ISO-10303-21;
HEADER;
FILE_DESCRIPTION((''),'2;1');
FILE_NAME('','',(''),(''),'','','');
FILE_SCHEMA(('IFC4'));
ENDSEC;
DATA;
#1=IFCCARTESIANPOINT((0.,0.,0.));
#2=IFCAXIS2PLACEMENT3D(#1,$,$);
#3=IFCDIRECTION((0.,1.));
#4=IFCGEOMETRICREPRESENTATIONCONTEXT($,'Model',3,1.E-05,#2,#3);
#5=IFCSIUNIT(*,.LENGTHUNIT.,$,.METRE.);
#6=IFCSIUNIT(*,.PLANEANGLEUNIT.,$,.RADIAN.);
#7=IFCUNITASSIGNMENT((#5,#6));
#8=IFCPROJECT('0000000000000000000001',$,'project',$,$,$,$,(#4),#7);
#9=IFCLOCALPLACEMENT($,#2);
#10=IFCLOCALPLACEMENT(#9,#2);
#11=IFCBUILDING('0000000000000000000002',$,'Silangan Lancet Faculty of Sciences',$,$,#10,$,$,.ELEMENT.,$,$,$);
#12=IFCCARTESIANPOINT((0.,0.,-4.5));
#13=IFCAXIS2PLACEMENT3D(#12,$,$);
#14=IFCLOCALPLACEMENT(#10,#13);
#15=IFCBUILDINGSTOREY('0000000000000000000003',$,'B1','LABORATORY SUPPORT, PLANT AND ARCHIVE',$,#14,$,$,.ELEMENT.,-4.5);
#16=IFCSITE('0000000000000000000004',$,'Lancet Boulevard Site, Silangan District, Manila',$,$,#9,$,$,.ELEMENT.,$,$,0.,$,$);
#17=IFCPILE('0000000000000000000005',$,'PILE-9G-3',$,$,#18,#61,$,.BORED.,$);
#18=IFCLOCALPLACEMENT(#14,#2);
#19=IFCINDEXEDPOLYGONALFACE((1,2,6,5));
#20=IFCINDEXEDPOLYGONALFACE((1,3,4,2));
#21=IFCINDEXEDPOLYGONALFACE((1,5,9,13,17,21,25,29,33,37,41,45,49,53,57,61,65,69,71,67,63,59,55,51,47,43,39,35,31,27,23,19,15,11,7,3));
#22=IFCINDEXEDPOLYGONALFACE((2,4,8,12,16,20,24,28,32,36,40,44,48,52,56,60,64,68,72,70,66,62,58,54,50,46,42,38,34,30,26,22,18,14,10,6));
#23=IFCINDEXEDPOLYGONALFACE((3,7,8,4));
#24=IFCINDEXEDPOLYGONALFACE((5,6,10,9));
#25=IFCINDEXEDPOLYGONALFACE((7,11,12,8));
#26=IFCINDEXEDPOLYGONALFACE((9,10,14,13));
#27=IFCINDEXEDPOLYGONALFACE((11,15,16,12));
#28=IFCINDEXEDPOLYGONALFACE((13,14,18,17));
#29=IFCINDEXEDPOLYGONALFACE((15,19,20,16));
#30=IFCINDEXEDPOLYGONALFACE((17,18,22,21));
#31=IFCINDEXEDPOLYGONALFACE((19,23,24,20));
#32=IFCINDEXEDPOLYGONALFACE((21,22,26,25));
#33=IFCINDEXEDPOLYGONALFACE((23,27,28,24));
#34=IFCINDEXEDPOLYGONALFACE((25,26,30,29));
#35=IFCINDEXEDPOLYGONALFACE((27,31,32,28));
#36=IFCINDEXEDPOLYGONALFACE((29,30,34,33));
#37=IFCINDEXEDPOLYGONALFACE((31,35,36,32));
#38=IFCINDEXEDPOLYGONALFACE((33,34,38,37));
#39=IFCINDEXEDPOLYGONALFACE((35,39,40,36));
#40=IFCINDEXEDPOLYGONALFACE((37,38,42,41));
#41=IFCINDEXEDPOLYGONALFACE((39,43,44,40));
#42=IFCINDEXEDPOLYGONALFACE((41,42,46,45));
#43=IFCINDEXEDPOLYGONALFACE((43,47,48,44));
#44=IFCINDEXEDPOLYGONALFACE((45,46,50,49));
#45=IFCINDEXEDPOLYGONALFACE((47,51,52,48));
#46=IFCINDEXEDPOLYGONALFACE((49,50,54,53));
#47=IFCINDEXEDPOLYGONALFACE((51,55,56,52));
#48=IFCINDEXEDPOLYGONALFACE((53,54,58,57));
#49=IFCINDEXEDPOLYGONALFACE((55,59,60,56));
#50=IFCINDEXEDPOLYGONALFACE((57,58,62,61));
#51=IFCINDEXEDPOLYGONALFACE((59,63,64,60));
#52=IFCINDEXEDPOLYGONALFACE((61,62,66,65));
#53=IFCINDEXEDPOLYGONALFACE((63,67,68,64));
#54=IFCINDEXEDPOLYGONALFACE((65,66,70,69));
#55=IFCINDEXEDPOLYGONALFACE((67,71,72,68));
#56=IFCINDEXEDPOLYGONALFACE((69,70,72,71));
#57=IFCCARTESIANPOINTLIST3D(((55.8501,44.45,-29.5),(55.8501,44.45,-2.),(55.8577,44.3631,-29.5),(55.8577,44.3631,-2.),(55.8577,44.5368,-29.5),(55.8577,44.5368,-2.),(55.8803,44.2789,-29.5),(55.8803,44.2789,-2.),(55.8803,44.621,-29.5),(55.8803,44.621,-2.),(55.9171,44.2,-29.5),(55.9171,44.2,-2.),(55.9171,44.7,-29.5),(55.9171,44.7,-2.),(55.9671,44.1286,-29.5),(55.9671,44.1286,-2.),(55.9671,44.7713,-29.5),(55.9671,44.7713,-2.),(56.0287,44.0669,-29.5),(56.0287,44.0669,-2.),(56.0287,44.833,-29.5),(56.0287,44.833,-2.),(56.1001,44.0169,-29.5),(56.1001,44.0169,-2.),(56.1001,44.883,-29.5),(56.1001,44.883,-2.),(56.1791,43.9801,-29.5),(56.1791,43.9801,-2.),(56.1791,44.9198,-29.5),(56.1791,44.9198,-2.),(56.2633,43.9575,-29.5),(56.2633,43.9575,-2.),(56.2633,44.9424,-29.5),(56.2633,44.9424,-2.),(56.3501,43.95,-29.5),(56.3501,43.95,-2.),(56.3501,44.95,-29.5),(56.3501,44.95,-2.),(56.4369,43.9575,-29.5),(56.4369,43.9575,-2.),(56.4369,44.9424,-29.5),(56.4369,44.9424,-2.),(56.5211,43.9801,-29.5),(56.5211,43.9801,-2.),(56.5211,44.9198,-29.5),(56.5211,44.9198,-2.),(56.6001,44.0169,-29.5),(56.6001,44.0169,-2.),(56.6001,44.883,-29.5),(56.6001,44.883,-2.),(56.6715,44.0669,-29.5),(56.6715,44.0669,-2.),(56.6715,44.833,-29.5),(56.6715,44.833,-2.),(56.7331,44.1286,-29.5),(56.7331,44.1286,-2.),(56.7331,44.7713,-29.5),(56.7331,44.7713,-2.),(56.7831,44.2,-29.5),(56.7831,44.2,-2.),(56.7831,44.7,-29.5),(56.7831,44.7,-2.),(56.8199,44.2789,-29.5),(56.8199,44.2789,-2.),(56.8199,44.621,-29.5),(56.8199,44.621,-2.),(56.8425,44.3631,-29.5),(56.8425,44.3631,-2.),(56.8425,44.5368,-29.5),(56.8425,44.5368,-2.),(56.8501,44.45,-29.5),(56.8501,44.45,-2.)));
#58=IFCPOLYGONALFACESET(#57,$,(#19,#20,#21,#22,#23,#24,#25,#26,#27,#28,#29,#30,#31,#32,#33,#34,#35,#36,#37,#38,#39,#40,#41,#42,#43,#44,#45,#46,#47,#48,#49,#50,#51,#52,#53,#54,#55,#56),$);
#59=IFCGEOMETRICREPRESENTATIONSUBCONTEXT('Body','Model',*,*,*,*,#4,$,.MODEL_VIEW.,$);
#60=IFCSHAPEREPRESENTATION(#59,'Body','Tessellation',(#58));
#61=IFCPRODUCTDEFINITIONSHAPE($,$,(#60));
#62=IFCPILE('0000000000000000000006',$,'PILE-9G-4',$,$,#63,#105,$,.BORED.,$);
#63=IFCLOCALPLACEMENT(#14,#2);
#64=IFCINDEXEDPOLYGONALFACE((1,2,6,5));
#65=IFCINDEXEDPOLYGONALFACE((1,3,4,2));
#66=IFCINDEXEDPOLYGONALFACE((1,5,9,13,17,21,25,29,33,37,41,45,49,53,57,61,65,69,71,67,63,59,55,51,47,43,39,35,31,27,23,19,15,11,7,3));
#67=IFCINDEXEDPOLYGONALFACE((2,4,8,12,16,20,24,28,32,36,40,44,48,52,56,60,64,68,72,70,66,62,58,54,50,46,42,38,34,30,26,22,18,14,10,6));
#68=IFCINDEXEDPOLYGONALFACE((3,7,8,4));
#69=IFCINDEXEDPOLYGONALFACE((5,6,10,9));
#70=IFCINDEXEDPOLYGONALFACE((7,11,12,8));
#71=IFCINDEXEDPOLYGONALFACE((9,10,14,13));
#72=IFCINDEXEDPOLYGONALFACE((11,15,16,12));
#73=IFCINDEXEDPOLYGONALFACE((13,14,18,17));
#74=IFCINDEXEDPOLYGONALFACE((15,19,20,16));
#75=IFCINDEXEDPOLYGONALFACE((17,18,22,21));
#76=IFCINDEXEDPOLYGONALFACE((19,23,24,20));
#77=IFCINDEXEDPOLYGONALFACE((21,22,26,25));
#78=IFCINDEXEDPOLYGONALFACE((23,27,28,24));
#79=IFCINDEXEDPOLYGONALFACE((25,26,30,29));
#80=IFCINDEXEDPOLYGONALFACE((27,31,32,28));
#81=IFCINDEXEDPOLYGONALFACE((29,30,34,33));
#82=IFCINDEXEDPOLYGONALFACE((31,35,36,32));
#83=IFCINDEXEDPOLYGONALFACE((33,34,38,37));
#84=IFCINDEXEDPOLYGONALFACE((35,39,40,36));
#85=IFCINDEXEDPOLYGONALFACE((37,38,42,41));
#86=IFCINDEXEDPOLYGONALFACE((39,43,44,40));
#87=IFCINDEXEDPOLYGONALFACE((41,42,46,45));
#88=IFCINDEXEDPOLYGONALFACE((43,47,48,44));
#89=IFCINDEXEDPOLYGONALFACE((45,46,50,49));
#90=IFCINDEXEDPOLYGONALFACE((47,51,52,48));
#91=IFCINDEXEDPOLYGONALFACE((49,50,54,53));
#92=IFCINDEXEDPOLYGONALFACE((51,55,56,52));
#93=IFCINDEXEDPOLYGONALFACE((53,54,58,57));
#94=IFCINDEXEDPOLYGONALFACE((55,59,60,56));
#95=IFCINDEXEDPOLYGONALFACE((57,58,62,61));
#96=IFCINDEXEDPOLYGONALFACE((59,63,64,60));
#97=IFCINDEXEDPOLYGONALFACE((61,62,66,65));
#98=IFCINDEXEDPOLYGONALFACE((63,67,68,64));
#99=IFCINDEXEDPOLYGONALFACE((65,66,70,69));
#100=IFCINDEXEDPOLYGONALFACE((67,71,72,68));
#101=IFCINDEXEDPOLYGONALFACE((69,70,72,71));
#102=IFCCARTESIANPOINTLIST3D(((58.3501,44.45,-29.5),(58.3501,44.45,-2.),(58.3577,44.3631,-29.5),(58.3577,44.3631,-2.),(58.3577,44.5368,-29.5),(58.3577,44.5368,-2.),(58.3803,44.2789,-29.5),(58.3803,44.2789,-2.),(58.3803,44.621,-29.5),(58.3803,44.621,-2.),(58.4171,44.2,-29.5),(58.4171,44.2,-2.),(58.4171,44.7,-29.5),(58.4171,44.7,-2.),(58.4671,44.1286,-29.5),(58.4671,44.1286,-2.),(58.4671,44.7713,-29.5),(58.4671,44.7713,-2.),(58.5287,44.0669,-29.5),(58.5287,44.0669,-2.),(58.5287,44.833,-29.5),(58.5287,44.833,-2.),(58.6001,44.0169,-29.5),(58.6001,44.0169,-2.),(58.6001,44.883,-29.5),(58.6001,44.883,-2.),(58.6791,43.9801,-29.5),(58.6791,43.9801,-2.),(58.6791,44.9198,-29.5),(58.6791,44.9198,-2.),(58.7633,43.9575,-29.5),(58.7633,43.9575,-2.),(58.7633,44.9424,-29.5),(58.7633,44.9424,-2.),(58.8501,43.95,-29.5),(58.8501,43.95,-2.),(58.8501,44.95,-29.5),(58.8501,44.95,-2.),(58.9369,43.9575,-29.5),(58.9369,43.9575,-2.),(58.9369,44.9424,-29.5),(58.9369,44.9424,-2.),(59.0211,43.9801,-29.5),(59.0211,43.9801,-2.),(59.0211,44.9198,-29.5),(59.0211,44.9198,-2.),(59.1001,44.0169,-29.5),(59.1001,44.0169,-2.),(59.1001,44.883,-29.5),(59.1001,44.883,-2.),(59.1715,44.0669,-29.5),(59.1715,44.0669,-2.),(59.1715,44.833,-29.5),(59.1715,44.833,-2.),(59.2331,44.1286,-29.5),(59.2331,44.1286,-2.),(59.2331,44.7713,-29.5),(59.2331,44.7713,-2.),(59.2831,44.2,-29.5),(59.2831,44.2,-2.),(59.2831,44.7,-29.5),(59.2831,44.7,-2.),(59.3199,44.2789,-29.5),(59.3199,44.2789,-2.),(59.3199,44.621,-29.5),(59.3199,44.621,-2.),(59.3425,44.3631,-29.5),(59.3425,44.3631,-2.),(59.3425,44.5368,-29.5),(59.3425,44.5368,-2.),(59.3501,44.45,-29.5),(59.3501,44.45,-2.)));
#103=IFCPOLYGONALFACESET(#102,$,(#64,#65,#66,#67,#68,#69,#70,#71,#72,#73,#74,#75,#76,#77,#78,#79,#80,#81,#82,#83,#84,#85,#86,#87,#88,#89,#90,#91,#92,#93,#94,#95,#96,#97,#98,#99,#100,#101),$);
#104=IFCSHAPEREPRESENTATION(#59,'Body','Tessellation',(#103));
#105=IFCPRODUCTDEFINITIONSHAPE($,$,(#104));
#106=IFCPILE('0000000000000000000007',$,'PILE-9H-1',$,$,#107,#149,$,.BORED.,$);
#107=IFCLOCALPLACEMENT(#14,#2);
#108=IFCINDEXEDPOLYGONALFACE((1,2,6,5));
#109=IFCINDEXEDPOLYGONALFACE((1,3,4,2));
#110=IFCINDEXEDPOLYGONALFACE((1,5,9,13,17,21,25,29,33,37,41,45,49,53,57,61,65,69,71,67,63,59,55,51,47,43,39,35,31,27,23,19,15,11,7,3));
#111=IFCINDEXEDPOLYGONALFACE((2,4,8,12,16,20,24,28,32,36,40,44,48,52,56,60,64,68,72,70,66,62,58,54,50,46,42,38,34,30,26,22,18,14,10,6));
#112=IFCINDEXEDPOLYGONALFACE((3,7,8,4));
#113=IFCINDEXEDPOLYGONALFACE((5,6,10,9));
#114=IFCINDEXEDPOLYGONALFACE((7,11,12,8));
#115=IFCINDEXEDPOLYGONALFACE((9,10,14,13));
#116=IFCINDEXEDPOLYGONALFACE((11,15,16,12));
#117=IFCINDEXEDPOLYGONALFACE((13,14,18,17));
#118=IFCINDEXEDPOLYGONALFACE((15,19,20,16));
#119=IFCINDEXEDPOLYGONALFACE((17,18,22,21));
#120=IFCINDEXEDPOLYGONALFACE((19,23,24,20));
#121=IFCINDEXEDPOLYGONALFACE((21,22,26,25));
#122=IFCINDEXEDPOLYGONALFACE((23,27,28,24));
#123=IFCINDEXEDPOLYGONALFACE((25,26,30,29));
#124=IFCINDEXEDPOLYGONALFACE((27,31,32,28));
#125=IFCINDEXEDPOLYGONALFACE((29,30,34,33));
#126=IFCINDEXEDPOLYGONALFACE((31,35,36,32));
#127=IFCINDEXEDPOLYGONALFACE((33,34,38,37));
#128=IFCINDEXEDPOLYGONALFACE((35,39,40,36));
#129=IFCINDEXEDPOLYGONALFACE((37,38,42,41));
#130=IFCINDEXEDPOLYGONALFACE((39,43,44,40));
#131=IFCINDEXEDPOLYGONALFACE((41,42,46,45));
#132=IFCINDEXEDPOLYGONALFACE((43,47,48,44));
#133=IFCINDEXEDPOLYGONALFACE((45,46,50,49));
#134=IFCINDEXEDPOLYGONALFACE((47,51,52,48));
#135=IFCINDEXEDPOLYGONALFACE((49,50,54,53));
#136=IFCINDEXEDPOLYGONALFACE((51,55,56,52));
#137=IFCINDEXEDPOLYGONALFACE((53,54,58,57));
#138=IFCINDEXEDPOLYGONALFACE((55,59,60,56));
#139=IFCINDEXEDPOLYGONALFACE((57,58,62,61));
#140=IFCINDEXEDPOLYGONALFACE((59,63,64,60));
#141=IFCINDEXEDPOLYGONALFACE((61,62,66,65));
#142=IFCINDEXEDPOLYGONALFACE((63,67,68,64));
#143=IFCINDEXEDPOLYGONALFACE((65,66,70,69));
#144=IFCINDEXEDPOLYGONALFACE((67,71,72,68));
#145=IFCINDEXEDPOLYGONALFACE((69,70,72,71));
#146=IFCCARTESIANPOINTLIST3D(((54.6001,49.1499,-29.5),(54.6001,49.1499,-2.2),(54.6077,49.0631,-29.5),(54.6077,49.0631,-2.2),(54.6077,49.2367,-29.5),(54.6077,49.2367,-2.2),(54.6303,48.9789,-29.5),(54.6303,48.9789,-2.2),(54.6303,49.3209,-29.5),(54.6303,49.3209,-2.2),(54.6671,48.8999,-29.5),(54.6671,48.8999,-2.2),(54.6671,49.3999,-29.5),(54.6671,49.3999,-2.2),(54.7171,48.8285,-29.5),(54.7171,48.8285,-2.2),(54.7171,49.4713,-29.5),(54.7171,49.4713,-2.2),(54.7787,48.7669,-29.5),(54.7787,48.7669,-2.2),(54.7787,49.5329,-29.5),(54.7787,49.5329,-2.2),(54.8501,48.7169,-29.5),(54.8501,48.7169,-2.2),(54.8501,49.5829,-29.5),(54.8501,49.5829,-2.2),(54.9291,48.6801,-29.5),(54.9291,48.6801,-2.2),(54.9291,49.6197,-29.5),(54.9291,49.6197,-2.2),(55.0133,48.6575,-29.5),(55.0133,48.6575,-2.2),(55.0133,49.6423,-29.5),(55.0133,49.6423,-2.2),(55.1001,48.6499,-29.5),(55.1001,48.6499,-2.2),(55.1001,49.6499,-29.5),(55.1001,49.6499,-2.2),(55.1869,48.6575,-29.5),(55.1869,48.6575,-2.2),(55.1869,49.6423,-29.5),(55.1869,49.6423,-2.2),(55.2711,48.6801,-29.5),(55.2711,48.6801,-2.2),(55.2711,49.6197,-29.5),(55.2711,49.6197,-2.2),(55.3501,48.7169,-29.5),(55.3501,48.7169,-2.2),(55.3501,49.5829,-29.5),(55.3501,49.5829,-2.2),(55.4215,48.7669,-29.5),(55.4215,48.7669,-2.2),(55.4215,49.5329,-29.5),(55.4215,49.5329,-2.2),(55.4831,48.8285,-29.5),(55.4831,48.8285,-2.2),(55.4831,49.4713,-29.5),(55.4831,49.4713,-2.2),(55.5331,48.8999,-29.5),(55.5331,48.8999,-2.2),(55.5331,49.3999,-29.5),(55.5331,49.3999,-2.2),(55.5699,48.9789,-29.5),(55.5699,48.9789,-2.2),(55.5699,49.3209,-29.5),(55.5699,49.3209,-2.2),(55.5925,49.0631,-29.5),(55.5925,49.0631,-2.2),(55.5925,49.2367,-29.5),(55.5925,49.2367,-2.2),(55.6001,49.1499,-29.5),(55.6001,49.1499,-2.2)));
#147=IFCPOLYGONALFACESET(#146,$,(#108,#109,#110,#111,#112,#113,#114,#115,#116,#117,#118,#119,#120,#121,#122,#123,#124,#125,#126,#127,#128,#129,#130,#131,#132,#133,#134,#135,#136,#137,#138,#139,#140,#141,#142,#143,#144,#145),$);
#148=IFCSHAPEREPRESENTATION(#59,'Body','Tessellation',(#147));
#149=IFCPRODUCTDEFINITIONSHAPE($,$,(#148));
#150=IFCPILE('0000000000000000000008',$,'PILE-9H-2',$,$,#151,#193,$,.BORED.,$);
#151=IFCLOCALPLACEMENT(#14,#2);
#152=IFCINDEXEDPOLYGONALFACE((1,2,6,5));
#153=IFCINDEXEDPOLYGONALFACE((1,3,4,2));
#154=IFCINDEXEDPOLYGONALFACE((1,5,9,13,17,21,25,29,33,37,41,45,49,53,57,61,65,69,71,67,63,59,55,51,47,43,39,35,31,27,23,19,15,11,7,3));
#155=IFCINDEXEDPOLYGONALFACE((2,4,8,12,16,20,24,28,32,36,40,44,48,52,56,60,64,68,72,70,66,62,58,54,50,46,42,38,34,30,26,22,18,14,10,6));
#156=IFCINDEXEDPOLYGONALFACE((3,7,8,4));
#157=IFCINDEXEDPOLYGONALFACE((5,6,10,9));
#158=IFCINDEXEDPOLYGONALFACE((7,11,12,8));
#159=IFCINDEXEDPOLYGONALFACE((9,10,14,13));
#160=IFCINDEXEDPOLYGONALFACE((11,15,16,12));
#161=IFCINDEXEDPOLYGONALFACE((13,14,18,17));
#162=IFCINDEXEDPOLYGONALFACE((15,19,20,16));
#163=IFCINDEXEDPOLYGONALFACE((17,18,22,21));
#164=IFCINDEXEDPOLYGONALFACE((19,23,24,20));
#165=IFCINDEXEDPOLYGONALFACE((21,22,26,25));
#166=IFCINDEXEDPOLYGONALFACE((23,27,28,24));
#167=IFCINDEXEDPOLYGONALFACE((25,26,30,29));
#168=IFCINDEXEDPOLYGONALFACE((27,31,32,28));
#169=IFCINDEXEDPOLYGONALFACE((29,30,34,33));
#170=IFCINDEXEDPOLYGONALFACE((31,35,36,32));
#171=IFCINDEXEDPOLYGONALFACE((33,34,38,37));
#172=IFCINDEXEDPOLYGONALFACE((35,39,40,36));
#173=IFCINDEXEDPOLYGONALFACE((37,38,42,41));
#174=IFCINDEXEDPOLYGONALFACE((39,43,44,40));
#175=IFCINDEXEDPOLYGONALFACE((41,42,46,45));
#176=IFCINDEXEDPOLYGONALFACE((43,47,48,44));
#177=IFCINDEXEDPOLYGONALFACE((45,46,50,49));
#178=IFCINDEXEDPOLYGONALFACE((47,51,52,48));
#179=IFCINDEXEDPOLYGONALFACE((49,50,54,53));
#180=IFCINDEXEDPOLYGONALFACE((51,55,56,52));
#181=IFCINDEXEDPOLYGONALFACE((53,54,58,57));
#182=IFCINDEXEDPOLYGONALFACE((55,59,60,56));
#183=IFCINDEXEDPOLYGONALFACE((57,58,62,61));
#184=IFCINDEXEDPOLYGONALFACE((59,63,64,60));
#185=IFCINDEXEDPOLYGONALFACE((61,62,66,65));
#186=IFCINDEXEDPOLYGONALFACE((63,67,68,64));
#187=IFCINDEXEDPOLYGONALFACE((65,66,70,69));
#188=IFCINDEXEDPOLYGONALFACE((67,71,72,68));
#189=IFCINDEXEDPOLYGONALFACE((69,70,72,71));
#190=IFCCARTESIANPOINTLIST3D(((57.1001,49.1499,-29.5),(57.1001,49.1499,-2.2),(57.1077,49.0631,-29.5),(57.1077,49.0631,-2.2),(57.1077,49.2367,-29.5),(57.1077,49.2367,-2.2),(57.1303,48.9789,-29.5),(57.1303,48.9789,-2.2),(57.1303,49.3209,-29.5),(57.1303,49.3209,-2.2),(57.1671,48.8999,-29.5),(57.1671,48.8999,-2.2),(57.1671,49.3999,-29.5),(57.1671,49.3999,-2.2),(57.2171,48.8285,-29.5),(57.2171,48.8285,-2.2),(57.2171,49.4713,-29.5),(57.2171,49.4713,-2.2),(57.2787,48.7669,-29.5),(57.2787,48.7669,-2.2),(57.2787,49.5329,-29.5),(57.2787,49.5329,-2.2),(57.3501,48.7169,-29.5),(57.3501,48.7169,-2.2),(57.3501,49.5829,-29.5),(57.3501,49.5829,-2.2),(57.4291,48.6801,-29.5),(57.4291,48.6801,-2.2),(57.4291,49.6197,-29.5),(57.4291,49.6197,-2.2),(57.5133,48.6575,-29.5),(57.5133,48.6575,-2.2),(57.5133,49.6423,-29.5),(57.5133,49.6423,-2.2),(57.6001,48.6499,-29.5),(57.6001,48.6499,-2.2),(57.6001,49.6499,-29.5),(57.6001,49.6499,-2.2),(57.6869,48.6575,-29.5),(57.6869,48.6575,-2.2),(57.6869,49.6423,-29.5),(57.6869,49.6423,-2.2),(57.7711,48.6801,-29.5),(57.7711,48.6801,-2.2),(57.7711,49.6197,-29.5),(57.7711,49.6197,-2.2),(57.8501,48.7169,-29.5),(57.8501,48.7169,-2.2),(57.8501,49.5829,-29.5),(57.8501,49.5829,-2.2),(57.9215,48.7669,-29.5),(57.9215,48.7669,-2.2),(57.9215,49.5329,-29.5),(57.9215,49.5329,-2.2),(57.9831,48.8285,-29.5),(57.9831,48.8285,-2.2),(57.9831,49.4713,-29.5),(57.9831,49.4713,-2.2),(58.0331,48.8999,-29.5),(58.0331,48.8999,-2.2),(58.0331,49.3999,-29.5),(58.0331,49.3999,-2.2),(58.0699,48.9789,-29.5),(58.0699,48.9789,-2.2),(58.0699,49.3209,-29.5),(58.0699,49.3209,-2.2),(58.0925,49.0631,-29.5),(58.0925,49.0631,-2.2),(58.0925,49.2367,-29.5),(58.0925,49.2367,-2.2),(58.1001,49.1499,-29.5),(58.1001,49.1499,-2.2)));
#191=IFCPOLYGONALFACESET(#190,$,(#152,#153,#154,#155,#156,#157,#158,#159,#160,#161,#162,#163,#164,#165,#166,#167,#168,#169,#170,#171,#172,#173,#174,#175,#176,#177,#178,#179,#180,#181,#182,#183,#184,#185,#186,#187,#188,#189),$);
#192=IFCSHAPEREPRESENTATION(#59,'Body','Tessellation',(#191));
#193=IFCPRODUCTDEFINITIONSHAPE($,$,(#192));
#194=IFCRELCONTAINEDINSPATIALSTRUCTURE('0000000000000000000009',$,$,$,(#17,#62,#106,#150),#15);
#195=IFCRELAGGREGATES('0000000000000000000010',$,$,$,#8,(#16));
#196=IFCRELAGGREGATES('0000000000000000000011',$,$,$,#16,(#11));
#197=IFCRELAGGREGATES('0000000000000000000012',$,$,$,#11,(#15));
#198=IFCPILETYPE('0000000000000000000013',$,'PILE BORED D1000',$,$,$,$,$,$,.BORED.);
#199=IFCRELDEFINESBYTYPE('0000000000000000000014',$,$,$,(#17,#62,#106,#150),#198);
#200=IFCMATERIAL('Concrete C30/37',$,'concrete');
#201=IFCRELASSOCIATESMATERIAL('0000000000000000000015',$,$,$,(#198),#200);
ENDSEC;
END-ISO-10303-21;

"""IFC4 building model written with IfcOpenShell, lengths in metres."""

from ifc_helpers import new_model, si_unit, direction, frame, origin, origin_2d, place, context, subcontext, project, spatial, circle, extrude, material, material_profile, profile_set, type_object, element, save


model = new_model("IFC4")

# Units and contexts
model_context = context("Model", 3, precision=1e-05, world=origin(), true_north=direction((0.0, 1.0)))
body_context = subcontext(model_context, "Body", "Model", "MODEL_VIEW")
ifc_project = project(units=[si_unit("LENGTHUNIT", "METRE"), si_unit("PLANEANGLEUNIT", "RADIAN")], contexts=[model_context])

# Site, building, storey
site_placement = place(None, origin())
site = spatial("IfcSite", under=ifc_project, at=site_placement, Name="Lancet Boulevard Site, Silangan District, Manila", CompositionType="ELEMENT", RefElevation=0.0)
building_placement = place(site_placement, origin())
building = spatial("IfcBuilding", under=site, at=building_placement, Name="Silangan Lancet Faculty of Sciences", CompositionType="ELEMENT")
storey_placement = place(building_placement, frame((0.0, 0.0, -4.5)))
storey = spatial("IfcBuildingStorey", under=building, at=storey_placement, Name="B1", Description="LABORATORY SUPPORT, PLANT AND ARCHIVE", CompositionType="ELEMENT", Elevation=-4.5)

# Piles
ifc_material_1 = material(Name="Concrete C30/37", Category="concrete")
ifc_material_profile_1 = material_profile(ifc_material_1, circle(Radius=0.5, at=origin_2d()), Name="BORED PILE D1000")
ifc_profile_set_1 = profile_set([ifc_material_profile_1], Name="Concrete C30/37")
pile_type = type_object("IfcPileType", Name="PILE BORED D1000", PredefinedType="BORED", material=ifc_profile_set_1)
for number, where, z_axis, x_axis, name in (
    (1, (56.3501, 44.45, -2.0), (0.0, 0.0, -1.0), (1.0, 0.0, 0.0), "PILE-9G-3"),
    (2, (58.8501, 44.45, -2.0), (0.0, 0.0, -1.0), (1.0, 0.0, 0.0), "PILE-9G-4"),
):
    element("IfcPile", number, at=place(storey_placement, frame(where, z_axis=z_axis, x_axis=x_axis)), inside=storey, type_object=pile_type, Name=name, PredefinedType="BORED", context=body_context, shape_type="SweptSolid", body=[
        extrude(circle(Radius=0.5, at=origin_2d()), origin(), (0.0, 0.0, 1.0), 27.5),
    ])
for number, where, z_axis, x_axis, name in (
    (3, (55.1001, 49.1499, -2.2), (0.0, 0.0, -1.0), (1.0, 0.0, 0.0), "PILE-9H-1"),
    (4, (57.6001, 49.1499, -2.2), (0.0, 0.0, -1.0), (1.0, 0.0, 0.0), "PILE-9H-2"),
):
    element("IfcPile", number, at=place(storey_placement, frame(where, z_axis=z_axis, x_axis=x_axis)), inside=storey, type_object=pile_type, Name=name, PredefinedType="BORED", context=body_context, shape_type="SweptSolid", body=[
        extrude(circle(Radius=0.5, at=origin_2d()), origin(), (0.0, 0.0, 1.0), 27.3),
    ])

save(model, "model.ifc")
